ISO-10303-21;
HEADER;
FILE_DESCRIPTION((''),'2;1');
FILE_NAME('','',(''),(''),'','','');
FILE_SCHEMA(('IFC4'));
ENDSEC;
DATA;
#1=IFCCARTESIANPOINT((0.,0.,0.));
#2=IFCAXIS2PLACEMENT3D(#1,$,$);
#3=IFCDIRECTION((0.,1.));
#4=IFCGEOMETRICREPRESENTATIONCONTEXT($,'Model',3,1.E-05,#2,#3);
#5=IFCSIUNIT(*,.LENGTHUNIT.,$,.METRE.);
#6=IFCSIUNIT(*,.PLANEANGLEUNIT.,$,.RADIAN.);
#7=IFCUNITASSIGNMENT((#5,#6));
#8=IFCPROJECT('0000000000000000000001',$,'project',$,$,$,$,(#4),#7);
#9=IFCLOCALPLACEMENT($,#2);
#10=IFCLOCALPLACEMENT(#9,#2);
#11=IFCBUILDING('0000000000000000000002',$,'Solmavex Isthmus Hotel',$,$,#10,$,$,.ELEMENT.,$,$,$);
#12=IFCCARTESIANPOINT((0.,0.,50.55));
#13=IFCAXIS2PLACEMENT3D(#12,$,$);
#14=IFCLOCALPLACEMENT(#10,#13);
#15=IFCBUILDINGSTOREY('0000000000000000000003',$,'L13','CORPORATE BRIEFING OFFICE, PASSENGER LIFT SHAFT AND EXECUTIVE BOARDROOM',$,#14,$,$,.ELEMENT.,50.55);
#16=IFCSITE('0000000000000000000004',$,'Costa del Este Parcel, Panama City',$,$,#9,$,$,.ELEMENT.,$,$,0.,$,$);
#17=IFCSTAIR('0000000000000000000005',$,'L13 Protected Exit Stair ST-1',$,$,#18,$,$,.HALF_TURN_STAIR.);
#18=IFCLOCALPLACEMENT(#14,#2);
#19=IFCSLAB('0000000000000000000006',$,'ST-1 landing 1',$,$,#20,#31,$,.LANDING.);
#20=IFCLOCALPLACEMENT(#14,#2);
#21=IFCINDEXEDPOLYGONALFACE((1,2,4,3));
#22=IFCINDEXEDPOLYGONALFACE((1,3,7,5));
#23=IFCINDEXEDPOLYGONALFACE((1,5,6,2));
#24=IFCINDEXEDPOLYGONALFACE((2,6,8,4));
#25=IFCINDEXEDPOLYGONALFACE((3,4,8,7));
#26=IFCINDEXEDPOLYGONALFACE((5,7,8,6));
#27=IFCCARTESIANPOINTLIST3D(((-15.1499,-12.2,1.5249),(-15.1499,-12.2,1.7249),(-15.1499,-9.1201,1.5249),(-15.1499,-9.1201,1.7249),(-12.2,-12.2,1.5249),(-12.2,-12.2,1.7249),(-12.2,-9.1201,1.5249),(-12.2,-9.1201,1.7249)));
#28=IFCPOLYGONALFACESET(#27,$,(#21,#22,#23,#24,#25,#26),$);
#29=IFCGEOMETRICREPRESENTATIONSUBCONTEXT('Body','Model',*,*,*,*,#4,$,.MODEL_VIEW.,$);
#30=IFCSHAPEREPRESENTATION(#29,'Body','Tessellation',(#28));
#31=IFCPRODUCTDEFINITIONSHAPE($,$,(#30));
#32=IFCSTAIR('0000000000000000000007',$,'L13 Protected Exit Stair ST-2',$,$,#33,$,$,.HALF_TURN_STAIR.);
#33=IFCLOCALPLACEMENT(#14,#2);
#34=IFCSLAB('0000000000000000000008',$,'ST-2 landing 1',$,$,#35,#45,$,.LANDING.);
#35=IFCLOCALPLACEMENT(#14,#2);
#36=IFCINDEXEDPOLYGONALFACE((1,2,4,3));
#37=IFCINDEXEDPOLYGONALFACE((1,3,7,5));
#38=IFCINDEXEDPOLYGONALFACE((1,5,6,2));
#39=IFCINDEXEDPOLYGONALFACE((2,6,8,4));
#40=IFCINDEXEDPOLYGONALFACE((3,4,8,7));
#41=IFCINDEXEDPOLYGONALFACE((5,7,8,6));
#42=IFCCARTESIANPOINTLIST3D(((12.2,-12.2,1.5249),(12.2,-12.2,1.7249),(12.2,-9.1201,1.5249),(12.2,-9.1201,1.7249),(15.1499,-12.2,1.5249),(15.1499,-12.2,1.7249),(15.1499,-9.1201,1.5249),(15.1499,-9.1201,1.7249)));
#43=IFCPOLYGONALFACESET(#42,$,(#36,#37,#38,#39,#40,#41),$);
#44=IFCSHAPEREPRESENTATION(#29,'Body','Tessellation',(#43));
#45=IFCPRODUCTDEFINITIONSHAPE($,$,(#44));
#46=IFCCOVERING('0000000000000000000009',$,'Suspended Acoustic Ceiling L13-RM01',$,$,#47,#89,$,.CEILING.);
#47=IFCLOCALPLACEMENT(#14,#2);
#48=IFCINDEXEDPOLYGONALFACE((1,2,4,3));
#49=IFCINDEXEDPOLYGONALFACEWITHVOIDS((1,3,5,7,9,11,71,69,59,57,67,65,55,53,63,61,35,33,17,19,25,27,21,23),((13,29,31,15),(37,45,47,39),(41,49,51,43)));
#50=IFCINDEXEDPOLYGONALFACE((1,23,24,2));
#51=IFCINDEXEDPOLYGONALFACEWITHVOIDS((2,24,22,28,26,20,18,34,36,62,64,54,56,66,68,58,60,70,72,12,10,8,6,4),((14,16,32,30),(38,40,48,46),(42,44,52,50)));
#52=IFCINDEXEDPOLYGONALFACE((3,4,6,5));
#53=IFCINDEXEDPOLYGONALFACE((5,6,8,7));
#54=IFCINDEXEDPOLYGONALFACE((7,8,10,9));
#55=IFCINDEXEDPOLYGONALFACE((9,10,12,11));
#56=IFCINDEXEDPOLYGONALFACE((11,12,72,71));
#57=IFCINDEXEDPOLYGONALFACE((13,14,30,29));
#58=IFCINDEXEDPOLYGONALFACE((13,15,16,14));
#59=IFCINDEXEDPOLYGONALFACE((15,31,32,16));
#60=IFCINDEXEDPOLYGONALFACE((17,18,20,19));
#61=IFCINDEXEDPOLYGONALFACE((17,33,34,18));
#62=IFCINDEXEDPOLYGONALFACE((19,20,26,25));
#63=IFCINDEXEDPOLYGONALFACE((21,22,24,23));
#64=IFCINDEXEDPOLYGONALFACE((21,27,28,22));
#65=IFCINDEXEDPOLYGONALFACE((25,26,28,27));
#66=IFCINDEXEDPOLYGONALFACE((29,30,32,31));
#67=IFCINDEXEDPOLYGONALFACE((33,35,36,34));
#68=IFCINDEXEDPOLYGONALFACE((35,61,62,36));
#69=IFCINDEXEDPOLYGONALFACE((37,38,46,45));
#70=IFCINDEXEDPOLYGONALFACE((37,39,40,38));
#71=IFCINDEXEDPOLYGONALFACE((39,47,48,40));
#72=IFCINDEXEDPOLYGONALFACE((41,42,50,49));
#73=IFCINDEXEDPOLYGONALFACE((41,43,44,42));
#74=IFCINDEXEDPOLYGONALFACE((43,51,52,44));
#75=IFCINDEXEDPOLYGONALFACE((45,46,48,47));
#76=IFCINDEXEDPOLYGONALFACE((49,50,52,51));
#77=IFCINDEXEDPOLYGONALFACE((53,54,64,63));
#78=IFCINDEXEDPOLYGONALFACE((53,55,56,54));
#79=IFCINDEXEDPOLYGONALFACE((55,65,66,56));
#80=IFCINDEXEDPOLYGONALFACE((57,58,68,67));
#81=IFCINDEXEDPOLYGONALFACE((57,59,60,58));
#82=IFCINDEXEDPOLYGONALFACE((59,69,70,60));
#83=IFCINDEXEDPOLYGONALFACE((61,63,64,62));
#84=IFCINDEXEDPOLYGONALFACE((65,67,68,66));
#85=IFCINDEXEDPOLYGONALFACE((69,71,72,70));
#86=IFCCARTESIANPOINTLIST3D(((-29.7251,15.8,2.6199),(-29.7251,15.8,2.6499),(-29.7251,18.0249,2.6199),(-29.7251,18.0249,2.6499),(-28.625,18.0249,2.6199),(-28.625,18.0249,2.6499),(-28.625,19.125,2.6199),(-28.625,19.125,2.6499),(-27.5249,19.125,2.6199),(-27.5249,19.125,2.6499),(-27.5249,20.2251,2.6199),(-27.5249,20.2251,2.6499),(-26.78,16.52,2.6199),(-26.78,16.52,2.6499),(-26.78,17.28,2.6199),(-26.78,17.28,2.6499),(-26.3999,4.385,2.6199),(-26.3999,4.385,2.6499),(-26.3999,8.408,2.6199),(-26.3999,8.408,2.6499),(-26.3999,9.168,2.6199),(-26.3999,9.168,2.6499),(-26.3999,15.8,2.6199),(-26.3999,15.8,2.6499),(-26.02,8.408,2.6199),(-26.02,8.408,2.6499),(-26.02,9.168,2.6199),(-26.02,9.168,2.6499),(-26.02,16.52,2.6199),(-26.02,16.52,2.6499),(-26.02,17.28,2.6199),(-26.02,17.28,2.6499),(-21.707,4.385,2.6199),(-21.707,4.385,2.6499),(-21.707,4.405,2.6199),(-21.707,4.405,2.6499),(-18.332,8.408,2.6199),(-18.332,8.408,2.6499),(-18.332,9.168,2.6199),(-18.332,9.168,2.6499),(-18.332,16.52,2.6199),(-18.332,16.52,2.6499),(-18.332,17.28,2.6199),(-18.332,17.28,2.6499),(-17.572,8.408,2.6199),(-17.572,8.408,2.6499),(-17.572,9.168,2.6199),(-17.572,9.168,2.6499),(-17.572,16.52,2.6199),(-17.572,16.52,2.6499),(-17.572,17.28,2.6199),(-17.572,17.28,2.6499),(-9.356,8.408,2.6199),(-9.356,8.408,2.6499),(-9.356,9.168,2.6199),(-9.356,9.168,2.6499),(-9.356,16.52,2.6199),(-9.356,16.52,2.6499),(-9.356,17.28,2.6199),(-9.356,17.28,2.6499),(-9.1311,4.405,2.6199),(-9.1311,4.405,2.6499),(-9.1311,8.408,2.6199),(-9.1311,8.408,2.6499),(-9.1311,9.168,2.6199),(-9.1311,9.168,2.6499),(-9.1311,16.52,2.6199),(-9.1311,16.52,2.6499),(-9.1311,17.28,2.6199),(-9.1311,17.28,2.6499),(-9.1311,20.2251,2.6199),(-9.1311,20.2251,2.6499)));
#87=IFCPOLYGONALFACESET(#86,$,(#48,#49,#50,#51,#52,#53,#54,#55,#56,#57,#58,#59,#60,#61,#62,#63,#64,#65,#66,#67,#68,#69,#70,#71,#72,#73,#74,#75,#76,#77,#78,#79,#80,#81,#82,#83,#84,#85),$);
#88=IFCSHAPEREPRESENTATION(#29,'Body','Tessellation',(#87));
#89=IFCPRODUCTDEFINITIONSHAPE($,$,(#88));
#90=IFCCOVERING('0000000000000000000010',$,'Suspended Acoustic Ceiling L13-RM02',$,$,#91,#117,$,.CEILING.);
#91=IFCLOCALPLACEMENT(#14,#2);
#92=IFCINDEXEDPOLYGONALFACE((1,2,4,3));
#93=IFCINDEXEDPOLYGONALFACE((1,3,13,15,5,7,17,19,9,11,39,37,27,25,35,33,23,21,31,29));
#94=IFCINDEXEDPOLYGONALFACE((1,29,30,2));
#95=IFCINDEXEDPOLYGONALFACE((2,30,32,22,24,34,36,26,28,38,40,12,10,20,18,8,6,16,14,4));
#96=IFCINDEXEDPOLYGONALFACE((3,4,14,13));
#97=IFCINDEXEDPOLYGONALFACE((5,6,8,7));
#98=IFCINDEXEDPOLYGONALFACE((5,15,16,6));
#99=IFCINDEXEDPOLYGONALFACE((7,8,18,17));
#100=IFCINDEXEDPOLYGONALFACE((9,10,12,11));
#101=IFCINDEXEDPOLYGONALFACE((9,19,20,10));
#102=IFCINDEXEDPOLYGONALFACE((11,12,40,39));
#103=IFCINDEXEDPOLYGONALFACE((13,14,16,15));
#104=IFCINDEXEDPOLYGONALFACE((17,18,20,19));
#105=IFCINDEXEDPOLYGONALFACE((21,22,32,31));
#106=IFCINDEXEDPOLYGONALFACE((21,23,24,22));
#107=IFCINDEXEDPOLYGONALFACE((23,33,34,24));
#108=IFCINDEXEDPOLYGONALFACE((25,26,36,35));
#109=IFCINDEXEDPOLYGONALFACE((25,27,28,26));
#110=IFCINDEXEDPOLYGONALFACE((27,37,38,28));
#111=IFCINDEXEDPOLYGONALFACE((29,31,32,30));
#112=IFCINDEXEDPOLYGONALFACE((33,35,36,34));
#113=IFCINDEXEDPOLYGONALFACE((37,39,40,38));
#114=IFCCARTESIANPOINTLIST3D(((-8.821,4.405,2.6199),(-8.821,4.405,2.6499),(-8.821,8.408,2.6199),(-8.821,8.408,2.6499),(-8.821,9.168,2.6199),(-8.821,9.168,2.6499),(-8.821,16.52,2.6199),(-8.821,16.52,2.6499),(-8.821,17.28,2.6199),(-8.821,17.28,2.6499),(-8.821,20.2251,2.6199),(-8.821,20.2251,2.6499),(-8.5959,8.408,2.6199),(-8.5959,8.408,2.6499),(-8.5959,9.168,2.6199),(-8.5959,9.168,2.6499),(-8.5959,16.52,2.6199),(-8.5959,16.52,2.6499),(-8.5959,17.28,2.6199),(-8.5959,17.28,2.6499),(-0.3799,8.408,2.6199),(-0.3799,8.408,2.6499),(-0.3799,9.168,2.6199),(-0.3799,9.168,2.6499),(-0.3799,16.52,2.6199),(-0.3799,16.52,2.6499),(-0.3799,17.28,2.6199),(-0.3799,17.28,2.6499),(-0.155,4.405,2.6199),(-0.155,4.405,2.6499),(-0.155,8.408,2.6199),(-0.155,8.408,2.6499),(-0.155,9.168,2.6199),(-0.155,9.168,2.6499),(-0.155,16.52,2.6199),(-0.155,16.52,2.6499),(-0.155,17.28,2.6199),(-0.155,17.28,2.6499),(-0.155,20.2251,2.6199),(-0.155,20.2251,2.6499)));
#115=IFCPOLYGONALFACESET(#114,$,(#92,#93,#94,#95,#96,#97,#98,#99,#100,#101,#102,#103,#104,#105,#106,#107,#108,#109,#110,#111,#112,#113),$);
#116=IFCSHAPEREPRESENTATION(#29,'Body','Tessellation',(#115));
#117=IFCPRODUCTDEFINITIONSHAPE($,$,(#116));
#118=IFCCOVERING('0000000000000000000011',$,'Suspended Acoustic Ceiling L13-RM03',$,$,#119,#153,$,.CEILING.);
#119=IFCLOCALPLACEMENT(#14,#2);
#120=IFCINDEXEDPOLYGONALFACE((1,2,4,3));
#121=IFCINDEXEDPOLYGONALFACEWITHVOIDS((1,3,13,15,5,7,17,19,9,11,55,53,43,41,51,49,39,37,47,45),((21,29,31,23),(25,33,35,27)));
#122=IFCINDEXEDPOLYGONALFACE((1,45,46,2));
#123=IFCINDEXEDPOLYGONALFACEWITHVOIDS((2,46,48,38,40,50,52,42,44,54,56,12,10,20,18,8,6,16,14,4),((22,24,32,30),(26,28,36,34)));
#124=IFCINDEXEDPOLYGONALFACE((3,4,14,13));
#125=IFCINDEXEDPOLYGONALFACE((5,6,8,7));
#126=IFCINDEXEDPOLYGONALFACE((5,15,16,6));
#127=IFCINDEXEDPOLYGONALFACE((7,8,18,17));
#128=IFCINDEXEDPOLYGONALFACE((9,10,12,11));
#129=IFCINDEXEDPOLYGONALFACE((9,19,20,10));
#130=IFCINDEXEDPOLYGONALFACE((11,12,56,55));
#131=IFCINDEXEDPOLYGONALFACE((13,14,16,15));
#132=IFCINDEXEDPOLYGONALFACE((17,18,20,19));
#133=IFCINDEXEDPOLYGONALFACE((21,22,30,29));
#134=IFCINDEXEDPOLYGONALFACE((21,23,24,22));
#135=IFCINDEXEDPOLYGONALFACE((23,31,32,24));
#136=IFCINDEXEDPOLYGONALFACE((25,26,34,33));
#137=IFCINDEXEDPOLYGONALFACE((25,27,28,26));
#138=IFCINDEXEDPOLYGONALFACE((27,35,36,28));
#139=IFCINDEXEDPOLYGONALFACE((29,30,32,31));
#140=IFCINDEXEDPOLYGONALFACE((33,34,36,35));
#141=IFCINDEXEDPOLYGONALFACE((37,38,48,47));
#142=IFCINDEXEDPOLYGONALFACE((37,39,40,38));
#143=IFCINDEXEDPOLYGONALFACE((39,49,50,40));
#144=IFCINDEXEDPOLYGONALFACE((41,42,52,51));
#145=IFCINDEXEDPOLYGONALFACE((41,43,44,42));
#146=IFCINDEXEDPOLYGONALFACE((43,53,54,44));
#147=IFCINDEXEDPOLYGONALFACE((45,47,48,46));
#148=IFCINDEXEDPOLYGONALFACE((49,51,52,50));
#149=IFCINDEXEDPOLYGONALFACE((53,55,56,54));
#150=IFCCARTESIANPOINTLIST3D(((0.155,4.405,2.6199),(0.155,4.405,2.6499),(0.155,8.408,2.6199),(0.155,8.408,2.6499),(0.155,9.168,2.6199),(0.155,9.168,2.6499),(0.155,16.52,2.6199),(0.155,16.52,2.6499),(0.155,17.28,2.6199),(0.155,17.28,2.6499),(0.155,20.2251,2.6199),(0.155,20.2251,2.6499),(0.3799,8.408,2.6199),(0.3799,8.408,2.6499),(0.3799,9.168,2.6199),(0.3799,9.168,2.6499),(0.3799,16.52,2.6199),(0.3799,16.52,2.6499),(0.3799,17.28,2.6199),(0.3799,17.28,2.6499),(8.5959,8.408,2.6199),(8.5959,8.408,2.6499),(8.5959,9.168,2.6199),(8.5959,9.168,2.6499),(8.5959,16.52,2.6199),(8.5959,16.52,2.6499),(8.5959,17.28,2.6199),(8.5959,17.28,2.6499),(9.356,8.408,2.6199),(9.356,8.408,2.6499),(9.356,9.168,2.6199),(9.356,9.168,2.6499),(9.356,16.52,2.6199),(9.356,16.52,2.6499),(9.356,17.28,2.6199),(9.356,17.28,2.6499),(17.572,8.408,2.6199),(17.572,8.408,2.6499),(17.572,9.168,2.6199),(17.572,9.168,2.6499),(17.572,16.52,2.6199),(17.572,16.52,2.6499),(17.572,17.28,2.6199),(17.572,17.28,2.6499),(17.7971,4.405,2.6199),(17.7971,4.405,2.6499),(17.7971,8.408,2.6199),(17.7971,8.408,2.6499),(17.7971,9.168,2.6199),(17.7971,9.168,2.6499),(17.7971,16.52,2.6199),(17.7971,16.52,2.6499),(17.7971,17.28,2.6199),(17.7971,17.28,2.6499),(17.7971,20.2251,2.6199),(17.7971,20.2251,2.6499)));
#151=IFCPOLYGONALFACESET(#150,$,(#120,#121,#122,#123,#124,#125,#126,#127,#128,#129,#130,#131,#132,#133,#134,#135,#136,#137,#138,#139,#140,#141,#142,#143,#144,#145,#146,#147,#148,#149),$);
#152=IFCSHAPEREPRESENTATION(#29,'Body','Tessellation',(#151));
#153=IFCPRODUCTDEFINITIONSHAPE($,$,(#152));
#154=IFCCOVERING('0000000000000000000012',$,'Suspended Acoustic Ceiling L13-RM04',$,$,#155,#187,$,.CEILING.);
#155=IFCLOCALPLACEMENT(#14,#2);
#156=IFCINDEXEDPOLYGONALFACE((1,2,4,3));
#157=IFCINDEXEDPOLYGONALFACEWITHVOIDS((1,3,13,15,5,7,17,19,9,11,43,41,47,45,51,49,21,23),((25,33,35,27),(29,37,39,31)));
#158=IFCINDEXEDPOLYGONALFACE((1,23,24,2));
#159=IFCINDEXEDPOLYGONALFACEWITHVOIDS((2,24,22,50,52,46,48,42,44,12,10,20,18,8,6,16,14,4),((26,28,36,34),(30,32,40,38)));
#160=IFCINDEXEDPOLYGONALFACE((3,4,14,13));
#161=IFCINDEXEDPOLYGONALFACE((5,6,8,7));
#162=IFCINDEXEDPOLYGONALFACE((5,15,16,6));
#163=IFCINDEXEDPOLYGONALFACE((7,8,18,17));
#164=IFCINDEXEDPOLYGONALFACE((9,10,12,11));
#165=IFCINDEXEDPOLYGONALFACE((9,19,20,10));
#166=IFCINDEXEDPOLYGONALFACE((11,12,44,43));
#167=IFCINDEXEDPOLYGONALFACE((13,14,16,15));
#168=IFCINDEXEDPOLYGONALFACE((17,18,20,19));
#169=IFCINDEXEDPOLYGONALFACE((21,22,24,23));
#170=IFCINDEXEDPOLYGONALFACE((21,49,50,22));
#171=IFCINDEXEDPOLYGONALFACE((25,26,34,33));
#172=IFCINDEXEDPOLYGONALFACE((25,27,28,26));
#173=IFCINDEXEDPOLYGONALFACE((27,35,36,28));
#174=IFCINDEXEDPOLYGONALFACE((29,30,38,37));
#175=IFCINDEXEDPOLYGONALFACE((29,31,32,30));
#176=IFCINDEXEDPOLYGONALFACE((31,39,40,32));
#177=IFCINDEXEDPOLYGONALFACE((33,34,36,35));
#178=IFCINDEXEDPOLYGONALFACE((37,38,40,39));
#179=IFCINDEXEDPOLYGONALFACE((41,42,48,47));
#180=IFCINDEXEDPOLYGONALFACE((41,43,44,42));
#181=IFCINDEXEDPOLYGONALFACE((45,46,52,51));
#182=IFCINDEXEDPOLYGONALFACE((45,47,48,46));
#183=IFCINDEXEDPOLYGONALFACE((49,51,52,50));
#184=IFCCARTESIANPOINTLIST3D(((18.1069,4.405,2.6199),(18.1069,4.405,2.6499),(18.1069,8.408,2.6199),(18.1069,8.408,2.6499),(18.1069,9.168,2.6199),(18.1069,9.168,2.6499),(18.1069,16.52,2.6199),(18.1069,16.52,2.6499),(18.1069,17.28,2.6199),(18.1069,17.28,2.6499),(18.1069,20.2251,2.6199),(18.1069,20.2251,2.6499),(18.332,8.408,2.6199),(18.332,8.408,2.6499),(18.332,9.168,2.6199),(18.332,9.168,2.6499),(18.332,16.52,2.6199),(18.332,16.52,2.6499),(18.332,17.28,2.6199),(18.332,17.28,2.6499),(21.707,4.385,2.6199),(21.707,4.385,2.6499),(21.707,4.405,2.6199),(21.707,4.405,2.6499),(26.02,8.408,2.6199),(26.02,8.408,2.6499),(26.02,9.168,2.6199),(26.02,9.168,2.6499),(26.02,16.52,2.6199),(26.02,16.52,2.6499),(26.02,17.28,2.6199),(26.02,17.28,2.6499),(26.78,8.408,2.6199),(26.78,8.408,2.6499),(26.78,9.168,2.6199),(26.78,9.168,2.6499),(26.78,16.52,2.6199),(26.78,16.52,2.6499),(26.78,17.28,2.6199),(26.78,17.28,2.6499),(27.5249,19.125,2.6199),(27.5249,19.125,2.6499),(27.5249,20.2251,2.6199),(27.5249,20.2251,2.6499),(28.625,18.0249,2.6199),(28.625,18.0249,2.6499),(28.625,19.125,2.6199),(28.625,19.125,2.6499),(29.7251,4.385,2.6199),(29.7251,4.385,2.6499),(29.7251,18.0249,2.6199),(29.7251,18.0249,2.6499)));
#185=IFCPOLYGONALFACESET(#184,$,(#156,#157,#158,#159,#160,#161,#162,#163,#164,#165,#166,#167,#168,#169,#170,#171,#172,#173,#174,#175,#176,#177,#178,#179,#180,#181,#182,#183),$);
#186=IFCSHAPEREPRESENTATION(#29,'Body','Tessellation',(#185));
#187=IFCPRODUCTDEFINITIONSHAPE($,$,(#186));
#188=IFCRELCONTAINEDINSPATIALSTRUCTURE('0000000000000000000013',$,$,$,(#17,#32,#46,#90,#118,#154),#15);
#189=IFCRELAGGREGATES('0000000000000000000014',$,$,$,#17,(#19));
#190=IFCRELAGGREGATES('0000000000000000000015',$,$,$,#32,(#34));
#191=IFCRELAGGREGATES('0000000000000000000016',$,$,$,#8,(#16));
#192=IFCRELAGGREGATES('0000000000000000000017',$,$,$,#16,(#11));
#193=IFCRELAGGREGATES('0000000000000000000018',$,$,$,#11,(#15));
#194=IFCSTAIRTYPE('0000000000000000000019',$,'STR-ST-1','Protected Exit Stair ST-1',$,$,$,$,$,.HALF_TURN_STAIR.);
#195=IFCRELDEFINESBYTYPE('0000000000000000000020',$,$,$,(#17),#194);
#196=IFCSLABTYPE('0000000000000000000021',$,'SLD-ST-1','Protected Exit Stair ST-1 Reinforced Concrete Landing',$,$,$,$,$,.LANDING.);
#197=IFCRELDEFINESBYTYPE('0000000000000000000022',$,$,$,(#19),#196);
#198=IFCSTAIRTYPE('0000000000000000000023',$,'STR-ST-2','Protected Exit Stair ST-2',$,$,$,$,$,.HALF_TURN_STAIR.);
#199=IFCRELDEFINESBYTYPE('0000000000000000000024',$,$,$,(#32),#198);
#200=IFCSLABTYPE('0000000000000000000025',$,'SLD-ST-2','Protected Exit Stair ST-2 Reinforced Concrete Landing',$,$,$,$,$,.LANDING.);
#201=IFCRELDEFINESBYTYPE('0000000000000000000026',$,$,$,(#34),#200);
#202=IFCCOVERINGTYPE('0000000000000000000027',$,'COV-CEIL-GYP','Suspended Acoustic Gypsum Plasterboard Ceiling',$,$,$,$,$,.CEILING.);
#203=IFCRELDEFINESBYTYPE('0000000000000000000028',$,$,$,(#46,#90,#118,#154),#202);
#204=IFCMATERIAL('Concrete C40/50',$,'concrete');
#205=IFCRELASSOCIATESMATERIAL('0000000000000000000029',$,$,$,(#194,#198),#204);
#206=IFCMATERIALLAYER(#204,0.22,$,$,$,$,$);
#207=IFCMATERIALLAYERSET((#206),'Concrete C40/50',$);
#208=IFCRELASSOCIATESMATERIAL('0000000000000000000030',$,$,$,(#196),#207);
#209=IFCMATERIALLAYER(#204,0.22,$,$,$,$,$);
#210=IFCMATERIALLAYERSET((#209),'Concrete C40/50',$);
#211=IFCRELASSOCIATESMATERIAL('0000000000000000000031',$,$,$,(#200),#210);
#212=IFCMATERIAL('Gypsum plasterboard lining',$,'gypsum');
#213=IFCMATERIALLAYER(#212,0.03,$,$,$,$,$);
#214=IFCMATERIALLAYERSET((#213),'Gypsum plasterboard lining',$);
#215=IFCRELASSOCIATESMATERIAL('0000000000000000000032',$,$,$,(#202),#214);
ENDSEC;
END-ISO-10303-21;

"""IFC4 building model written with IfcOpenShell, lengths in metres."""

from ifc_helpers import new_model, si_unit, direction, frame, origin, place, context, subcontext, project, spatial, polyline, outline, extrude, material, layer, layer_set, type_object, element, aggregate, save


model = new_model("IFC4")

# Units and contexts
model_context = context("Model", 3, precision=1e-05, world=origin(), true_north=direction((0.0, 1.0)))
body_context = subcontext(model_context, "Body", "Model", "MODEL_VIEW")
ifc_project = project(units=[si_unit("LENGTHUNIT", "METRE"), si_unit("PLANEANGLEUNIT", "RADIAN")], contexts=[model_context])

# Site, building, storey
site_placement = place(None, origin())
site = spatial("IfcSite", under=ifc_project, at=site_placement, Name="Costa del Este Parcel, Panama City", CompositionType="ELEMENT", RefElevation=0.0)
building_placement = place(site_placement, origin())
building = spatial("IfcBuilding", under=site, at=building_placement, Name="Solmavex Isthmus Hotel", CompositionType="ELEMENT")
storey_placement = place(building_placement, frame((0.0, 0.0, 50.55)))
storey = spatial("IfcBuildingStorey", under=building, at=storey_placement, Name="L13", Description="CORPORATE BRIEFING OFFICE, PASSENGER LIFT SHAFT AND EXECUTIVE BOARDROOM", CompositionType="ELEMENT", Elevation=50.55)

# Stairs, slabs
ifc_material_1 = material(Name="Concrete C40/50", Category="concrete")
stair_type_1 = type_object("IfcStairType", Name="STR-ST-1", Description="Protected Exit Stair ST-1", PredefinedType="HALF_TURN_STAIR", material=ifc_material_1)
stair_1_placement = place(storey_placement, origin())
stair_1 = element("IfcStair", 1, at=stair_1_placement, inside=storey, type_object=stair_type_1, Name="L13 Protected Exit Stair ST-1", PredefinedType="HALF_TURN_STAIR")
ifc_layer_1 = layer(ifc_material_1, 0.22)
ifc_layer_set_1 = layer_set([ifc_layer_1], Name="Concrete C40/50")
slab_type_1 = type_object("IfcSlabType", Name="SLD-ST-1", Description="Protected Exit Stair ST-1 Reinforced Concrete Landing", PredefinedType="LANDING", material=ifc_layer_set_1)
slab_1_placement = place(storey_placement, frame((0.0, 0.0, 1.5249)))
slab_1 = element("IfcSlab", 2, at=slab_1_placement, type_object=slab_type_1, Name="ST-1 landing 1", PredefinedType="LANDING", context=body_context, shape_type="SweptSolid", body=[
    extrude(outline(polyline([(-15.1499, -9.1201), (-15.1499, -12.2), (-12.2, -12.2), (-12.2, -9.1201), (-15.1499, -9.1201)])), origin(), (0.0, 0.0, 1.0), 0.2),
])
aggregate(stair_1, [slab_1])
stair_type_2 = type_object("IfcStairType", Name="STR-ST-2", Description="Protected Exit Stair ST-2", PredefinedType="HALF_TURN_STAIR", material=ifc_material_1)
stair_2_placement = place(storey_placement, origin())
stair_2 = element("IfcStair", 3, at=stair_2_placement, inside=storey, type_object=stair_type_2, Name="L13 Protected Exit Stair ST-2", PredefinedType="HALF_TURN_STAIR")
ifc_layer_2 = layer(ifc_material_1, 0.22)
ifc_layer_set_2 = layer_set([ifc_layer_2], Name="Concrete C40/50")
slab_type_2 = type_object("IfcSlabType", Name="SLD-ST-2", Description="Protected Exit Stair ST-2 Reinforced Concrete Landing", PredefinedType="LANDING", material=ifc_layer_set_2)
slab_2_placement = place(storey_placement, frame((0.0, 0.0, 1.5249)))
slab_2 = element("IfcSlab", 4, at=slab_2_placement, type_object=slab_type_2, Name="ST-2 landing 1", PredefinedType="LANDING", context=body_context, shape_type="SweptSolid", body=[
    extrude(outline(polyline([(12.2, -9.1201), (12.2, -12.2), (15.1499, -12.2), (15.1499, -9.1201), (12.2, -9.1201)])), origin(), (0.0, 0.0, 1.0), 0.2),
])
aggregate(stair_2, [slab_2])

# Coverings
ifc_material_2 = material(Name="Gypsum plasterboard lining", Category="gypsum")
ifc_layer_3 = layer(ifc_material_2, 0.03)
ifc_layer_set_3 = layer_set([ifc_layer_3], Name="Gypsum plasterboard lining")
covering_type_1 = type_object("IfcCoveringType", Name="COV-CEIL-GYP", Description="Suspended Acoustic Gypsum Plasterboard Ceiling", PredefinedType="CEILING", material=ifc_layer_set_3)
covering_1_placement = place(storey_placement, frame((0.0, 0.0, 2.6199)))
element("IfcCovering", 5, at=covering_1_placement, inside=storey, type_object=covering_type_1, Name="Suspended Acoustic Ceiling L13-RM01", PredefinedType="CEILING", context=body_context, shape_type="SweptSolid", body=[
    extrude(outline(polyline([(-21.707, 4.385), (-21.707, 4.405), (-9.1311, 4.405), (-9.1311, 8.408), (-9.356, 8.408), (-9.356, 9.168), (-9.1311, 9.168), (-9.1311, 16.52), (-9.356, 16.52), (-9.356, 17.28), (-9.1311, 17.28), (-9.1311, 20.2251), (-27.5249, 20.2251), (-27.5249, 19.125), (-28.625, 19.125), (-28.625, 18.0249), (-29.7251, 18.0249), (-29.7251, 15.8), (-26.3999, 15.8), (-26.3999, 9.168), (-26.02, 9.168), (-26.02, 8.408), (-26.3999, 8.408), (-26.3999, 4.385), (-21.707, 4.385)]), holes=[polyline([(-18.332, 8.408), (-18.332, 9.168), (-17.572, 9.168), (-17.572, 8.408), (-18.332, 8.408)]), polyline([(-18.332, 17.28), (-17.572, 17.28), (-17.572, 16.52), (-18.332, 16.52), (-18.332, 17.28)]), polyline([(-26.78, 17.28), (-26.02, 17.28), (-26.02, 16.52), (-26.78, 16.52), (-26.78, 17.28)])]), origin(), (0.0, 0.0, 1.0), 0.03),
])
covering_2_placement = place(storey_placement, frame((0.0, 0.0, 2.6199)))
element("IfcCovering", 6, at=covering_2_placement, inside=storey, type_object=covering_type_1, Name="Suspended Acoustic Ceiling L13-RM02", PredefinedType="CEILING", context=body_context, shape_type="SweptSolid", body=[
    extrude(outline(polyline([(-8.821, 9.168), (-8.5959, 9.168), (-8.5959, 8.408), (-8.821, 8.408), (-8.821, 4.405), (-0.155, 4.405), (-0.155, 8.408), (-0.3799, 8.408), (-0.3799, 9.168), (-0.155, 9.168), (-0.155, 16.52), (-0.3799, 16.52), (-0.3799, 17.28), (-0.155, 17.28), (-0.155, 20.2251), (-8.821, 20.2251), (-8.821, 17.28), (-8.5959, 17.28), (-8.5959, 16.52), (-8.821, 16.52), (-8.821, 9.168)])), origin(), (0.0, 0.0, 1.0), 0.03),
])
covering_3_placement = place(storey_placement, frame((0.0, 0.0, 2.6199)))
element("IfcCovering", 7, at=covering_3_placement, inside=storey, type_object=covering_type_1, Name="Suspended Acoustic Ceiling L13-RM03", PredefinedType="CEILING", context=body_context, shape_type="SweptSolid", body=[
    extrude(outline(polyline([(0.155, 9.168), (0.3799, 9.168), (0.3799, 8.408), (0.155, 8.408), (0.155, 4.405), (17.7971, 4.405), (17.7971, 8.408), (17.572, 8.408), (17.572, 9.168), (17.7971, 9.168), (17.7971, 16.52), (17.572, 16.52), (17.572, 17.28), (17.7971, 17.28), (17.7971, 20.2251), (0.155, 20.2251), (0.155, 17.28), (0.3799, 17.28), (0.3799, 16.52), (0.155, 16.52), (0.155, 9.168)]), holes=[polyline([(8.5959, 8.408), (8.5959, 9.168), (9.356, 9.168), (9.356, 8.408), (8.5959, 8.408)]), polyline([(8.5959, 17.28), (9.356, 17.28), (9.356, 16.52), (8.5959, 16.52), (8.5959, 17.28)])]), origin(), (0.0, 0.0, 1.0), 0.03),
])
covering_4_placement = place(storey_placement, frame((0.0, 0.0, 2.6199)))
element("IfcCovering", 8, at=covering_4_placement, inside=storey, type_object=covering_type_1, Name="Suspended Acoustic Ceiling L13-RM04", PredefinedType="CEILING", context=body_context, shape_type="SweptSolid", body=[
    extrude(outline(polyline([(18.1069, 9.168), (18.332, 9.168), (18.332, 8.408), (18.1069, 8.408), (18.1069, 4.405), (21.707, 4.405), (21.707, 4.385), (29.7251, 4.385), (29.7251, 18.0249), (28.625, 18.0249), (28.625, 19.125), (27.5249, 19.125), (27.5249, 20.2251), (18.1069, 20.2251), (18.1069, 17.28), (18.332, 17.28), (18.332, 16.52), (18.1069, 16.52), (18.1069, 9.168)]), holes=[polyline([(26.02, 8.408), (26.02, 9.168), (26.78, 9.168), (26.78, 8.408), (26.02, 8.408)]), polyline([(26.02, 16.52), (26.02, 17.28), (26.78, 17.28), (26.78, 16.52), (26.02, 16.52)])]), origin(), (0.0, 0.0, 1.0), 0.03),
])

save(model, "model.ifc")
